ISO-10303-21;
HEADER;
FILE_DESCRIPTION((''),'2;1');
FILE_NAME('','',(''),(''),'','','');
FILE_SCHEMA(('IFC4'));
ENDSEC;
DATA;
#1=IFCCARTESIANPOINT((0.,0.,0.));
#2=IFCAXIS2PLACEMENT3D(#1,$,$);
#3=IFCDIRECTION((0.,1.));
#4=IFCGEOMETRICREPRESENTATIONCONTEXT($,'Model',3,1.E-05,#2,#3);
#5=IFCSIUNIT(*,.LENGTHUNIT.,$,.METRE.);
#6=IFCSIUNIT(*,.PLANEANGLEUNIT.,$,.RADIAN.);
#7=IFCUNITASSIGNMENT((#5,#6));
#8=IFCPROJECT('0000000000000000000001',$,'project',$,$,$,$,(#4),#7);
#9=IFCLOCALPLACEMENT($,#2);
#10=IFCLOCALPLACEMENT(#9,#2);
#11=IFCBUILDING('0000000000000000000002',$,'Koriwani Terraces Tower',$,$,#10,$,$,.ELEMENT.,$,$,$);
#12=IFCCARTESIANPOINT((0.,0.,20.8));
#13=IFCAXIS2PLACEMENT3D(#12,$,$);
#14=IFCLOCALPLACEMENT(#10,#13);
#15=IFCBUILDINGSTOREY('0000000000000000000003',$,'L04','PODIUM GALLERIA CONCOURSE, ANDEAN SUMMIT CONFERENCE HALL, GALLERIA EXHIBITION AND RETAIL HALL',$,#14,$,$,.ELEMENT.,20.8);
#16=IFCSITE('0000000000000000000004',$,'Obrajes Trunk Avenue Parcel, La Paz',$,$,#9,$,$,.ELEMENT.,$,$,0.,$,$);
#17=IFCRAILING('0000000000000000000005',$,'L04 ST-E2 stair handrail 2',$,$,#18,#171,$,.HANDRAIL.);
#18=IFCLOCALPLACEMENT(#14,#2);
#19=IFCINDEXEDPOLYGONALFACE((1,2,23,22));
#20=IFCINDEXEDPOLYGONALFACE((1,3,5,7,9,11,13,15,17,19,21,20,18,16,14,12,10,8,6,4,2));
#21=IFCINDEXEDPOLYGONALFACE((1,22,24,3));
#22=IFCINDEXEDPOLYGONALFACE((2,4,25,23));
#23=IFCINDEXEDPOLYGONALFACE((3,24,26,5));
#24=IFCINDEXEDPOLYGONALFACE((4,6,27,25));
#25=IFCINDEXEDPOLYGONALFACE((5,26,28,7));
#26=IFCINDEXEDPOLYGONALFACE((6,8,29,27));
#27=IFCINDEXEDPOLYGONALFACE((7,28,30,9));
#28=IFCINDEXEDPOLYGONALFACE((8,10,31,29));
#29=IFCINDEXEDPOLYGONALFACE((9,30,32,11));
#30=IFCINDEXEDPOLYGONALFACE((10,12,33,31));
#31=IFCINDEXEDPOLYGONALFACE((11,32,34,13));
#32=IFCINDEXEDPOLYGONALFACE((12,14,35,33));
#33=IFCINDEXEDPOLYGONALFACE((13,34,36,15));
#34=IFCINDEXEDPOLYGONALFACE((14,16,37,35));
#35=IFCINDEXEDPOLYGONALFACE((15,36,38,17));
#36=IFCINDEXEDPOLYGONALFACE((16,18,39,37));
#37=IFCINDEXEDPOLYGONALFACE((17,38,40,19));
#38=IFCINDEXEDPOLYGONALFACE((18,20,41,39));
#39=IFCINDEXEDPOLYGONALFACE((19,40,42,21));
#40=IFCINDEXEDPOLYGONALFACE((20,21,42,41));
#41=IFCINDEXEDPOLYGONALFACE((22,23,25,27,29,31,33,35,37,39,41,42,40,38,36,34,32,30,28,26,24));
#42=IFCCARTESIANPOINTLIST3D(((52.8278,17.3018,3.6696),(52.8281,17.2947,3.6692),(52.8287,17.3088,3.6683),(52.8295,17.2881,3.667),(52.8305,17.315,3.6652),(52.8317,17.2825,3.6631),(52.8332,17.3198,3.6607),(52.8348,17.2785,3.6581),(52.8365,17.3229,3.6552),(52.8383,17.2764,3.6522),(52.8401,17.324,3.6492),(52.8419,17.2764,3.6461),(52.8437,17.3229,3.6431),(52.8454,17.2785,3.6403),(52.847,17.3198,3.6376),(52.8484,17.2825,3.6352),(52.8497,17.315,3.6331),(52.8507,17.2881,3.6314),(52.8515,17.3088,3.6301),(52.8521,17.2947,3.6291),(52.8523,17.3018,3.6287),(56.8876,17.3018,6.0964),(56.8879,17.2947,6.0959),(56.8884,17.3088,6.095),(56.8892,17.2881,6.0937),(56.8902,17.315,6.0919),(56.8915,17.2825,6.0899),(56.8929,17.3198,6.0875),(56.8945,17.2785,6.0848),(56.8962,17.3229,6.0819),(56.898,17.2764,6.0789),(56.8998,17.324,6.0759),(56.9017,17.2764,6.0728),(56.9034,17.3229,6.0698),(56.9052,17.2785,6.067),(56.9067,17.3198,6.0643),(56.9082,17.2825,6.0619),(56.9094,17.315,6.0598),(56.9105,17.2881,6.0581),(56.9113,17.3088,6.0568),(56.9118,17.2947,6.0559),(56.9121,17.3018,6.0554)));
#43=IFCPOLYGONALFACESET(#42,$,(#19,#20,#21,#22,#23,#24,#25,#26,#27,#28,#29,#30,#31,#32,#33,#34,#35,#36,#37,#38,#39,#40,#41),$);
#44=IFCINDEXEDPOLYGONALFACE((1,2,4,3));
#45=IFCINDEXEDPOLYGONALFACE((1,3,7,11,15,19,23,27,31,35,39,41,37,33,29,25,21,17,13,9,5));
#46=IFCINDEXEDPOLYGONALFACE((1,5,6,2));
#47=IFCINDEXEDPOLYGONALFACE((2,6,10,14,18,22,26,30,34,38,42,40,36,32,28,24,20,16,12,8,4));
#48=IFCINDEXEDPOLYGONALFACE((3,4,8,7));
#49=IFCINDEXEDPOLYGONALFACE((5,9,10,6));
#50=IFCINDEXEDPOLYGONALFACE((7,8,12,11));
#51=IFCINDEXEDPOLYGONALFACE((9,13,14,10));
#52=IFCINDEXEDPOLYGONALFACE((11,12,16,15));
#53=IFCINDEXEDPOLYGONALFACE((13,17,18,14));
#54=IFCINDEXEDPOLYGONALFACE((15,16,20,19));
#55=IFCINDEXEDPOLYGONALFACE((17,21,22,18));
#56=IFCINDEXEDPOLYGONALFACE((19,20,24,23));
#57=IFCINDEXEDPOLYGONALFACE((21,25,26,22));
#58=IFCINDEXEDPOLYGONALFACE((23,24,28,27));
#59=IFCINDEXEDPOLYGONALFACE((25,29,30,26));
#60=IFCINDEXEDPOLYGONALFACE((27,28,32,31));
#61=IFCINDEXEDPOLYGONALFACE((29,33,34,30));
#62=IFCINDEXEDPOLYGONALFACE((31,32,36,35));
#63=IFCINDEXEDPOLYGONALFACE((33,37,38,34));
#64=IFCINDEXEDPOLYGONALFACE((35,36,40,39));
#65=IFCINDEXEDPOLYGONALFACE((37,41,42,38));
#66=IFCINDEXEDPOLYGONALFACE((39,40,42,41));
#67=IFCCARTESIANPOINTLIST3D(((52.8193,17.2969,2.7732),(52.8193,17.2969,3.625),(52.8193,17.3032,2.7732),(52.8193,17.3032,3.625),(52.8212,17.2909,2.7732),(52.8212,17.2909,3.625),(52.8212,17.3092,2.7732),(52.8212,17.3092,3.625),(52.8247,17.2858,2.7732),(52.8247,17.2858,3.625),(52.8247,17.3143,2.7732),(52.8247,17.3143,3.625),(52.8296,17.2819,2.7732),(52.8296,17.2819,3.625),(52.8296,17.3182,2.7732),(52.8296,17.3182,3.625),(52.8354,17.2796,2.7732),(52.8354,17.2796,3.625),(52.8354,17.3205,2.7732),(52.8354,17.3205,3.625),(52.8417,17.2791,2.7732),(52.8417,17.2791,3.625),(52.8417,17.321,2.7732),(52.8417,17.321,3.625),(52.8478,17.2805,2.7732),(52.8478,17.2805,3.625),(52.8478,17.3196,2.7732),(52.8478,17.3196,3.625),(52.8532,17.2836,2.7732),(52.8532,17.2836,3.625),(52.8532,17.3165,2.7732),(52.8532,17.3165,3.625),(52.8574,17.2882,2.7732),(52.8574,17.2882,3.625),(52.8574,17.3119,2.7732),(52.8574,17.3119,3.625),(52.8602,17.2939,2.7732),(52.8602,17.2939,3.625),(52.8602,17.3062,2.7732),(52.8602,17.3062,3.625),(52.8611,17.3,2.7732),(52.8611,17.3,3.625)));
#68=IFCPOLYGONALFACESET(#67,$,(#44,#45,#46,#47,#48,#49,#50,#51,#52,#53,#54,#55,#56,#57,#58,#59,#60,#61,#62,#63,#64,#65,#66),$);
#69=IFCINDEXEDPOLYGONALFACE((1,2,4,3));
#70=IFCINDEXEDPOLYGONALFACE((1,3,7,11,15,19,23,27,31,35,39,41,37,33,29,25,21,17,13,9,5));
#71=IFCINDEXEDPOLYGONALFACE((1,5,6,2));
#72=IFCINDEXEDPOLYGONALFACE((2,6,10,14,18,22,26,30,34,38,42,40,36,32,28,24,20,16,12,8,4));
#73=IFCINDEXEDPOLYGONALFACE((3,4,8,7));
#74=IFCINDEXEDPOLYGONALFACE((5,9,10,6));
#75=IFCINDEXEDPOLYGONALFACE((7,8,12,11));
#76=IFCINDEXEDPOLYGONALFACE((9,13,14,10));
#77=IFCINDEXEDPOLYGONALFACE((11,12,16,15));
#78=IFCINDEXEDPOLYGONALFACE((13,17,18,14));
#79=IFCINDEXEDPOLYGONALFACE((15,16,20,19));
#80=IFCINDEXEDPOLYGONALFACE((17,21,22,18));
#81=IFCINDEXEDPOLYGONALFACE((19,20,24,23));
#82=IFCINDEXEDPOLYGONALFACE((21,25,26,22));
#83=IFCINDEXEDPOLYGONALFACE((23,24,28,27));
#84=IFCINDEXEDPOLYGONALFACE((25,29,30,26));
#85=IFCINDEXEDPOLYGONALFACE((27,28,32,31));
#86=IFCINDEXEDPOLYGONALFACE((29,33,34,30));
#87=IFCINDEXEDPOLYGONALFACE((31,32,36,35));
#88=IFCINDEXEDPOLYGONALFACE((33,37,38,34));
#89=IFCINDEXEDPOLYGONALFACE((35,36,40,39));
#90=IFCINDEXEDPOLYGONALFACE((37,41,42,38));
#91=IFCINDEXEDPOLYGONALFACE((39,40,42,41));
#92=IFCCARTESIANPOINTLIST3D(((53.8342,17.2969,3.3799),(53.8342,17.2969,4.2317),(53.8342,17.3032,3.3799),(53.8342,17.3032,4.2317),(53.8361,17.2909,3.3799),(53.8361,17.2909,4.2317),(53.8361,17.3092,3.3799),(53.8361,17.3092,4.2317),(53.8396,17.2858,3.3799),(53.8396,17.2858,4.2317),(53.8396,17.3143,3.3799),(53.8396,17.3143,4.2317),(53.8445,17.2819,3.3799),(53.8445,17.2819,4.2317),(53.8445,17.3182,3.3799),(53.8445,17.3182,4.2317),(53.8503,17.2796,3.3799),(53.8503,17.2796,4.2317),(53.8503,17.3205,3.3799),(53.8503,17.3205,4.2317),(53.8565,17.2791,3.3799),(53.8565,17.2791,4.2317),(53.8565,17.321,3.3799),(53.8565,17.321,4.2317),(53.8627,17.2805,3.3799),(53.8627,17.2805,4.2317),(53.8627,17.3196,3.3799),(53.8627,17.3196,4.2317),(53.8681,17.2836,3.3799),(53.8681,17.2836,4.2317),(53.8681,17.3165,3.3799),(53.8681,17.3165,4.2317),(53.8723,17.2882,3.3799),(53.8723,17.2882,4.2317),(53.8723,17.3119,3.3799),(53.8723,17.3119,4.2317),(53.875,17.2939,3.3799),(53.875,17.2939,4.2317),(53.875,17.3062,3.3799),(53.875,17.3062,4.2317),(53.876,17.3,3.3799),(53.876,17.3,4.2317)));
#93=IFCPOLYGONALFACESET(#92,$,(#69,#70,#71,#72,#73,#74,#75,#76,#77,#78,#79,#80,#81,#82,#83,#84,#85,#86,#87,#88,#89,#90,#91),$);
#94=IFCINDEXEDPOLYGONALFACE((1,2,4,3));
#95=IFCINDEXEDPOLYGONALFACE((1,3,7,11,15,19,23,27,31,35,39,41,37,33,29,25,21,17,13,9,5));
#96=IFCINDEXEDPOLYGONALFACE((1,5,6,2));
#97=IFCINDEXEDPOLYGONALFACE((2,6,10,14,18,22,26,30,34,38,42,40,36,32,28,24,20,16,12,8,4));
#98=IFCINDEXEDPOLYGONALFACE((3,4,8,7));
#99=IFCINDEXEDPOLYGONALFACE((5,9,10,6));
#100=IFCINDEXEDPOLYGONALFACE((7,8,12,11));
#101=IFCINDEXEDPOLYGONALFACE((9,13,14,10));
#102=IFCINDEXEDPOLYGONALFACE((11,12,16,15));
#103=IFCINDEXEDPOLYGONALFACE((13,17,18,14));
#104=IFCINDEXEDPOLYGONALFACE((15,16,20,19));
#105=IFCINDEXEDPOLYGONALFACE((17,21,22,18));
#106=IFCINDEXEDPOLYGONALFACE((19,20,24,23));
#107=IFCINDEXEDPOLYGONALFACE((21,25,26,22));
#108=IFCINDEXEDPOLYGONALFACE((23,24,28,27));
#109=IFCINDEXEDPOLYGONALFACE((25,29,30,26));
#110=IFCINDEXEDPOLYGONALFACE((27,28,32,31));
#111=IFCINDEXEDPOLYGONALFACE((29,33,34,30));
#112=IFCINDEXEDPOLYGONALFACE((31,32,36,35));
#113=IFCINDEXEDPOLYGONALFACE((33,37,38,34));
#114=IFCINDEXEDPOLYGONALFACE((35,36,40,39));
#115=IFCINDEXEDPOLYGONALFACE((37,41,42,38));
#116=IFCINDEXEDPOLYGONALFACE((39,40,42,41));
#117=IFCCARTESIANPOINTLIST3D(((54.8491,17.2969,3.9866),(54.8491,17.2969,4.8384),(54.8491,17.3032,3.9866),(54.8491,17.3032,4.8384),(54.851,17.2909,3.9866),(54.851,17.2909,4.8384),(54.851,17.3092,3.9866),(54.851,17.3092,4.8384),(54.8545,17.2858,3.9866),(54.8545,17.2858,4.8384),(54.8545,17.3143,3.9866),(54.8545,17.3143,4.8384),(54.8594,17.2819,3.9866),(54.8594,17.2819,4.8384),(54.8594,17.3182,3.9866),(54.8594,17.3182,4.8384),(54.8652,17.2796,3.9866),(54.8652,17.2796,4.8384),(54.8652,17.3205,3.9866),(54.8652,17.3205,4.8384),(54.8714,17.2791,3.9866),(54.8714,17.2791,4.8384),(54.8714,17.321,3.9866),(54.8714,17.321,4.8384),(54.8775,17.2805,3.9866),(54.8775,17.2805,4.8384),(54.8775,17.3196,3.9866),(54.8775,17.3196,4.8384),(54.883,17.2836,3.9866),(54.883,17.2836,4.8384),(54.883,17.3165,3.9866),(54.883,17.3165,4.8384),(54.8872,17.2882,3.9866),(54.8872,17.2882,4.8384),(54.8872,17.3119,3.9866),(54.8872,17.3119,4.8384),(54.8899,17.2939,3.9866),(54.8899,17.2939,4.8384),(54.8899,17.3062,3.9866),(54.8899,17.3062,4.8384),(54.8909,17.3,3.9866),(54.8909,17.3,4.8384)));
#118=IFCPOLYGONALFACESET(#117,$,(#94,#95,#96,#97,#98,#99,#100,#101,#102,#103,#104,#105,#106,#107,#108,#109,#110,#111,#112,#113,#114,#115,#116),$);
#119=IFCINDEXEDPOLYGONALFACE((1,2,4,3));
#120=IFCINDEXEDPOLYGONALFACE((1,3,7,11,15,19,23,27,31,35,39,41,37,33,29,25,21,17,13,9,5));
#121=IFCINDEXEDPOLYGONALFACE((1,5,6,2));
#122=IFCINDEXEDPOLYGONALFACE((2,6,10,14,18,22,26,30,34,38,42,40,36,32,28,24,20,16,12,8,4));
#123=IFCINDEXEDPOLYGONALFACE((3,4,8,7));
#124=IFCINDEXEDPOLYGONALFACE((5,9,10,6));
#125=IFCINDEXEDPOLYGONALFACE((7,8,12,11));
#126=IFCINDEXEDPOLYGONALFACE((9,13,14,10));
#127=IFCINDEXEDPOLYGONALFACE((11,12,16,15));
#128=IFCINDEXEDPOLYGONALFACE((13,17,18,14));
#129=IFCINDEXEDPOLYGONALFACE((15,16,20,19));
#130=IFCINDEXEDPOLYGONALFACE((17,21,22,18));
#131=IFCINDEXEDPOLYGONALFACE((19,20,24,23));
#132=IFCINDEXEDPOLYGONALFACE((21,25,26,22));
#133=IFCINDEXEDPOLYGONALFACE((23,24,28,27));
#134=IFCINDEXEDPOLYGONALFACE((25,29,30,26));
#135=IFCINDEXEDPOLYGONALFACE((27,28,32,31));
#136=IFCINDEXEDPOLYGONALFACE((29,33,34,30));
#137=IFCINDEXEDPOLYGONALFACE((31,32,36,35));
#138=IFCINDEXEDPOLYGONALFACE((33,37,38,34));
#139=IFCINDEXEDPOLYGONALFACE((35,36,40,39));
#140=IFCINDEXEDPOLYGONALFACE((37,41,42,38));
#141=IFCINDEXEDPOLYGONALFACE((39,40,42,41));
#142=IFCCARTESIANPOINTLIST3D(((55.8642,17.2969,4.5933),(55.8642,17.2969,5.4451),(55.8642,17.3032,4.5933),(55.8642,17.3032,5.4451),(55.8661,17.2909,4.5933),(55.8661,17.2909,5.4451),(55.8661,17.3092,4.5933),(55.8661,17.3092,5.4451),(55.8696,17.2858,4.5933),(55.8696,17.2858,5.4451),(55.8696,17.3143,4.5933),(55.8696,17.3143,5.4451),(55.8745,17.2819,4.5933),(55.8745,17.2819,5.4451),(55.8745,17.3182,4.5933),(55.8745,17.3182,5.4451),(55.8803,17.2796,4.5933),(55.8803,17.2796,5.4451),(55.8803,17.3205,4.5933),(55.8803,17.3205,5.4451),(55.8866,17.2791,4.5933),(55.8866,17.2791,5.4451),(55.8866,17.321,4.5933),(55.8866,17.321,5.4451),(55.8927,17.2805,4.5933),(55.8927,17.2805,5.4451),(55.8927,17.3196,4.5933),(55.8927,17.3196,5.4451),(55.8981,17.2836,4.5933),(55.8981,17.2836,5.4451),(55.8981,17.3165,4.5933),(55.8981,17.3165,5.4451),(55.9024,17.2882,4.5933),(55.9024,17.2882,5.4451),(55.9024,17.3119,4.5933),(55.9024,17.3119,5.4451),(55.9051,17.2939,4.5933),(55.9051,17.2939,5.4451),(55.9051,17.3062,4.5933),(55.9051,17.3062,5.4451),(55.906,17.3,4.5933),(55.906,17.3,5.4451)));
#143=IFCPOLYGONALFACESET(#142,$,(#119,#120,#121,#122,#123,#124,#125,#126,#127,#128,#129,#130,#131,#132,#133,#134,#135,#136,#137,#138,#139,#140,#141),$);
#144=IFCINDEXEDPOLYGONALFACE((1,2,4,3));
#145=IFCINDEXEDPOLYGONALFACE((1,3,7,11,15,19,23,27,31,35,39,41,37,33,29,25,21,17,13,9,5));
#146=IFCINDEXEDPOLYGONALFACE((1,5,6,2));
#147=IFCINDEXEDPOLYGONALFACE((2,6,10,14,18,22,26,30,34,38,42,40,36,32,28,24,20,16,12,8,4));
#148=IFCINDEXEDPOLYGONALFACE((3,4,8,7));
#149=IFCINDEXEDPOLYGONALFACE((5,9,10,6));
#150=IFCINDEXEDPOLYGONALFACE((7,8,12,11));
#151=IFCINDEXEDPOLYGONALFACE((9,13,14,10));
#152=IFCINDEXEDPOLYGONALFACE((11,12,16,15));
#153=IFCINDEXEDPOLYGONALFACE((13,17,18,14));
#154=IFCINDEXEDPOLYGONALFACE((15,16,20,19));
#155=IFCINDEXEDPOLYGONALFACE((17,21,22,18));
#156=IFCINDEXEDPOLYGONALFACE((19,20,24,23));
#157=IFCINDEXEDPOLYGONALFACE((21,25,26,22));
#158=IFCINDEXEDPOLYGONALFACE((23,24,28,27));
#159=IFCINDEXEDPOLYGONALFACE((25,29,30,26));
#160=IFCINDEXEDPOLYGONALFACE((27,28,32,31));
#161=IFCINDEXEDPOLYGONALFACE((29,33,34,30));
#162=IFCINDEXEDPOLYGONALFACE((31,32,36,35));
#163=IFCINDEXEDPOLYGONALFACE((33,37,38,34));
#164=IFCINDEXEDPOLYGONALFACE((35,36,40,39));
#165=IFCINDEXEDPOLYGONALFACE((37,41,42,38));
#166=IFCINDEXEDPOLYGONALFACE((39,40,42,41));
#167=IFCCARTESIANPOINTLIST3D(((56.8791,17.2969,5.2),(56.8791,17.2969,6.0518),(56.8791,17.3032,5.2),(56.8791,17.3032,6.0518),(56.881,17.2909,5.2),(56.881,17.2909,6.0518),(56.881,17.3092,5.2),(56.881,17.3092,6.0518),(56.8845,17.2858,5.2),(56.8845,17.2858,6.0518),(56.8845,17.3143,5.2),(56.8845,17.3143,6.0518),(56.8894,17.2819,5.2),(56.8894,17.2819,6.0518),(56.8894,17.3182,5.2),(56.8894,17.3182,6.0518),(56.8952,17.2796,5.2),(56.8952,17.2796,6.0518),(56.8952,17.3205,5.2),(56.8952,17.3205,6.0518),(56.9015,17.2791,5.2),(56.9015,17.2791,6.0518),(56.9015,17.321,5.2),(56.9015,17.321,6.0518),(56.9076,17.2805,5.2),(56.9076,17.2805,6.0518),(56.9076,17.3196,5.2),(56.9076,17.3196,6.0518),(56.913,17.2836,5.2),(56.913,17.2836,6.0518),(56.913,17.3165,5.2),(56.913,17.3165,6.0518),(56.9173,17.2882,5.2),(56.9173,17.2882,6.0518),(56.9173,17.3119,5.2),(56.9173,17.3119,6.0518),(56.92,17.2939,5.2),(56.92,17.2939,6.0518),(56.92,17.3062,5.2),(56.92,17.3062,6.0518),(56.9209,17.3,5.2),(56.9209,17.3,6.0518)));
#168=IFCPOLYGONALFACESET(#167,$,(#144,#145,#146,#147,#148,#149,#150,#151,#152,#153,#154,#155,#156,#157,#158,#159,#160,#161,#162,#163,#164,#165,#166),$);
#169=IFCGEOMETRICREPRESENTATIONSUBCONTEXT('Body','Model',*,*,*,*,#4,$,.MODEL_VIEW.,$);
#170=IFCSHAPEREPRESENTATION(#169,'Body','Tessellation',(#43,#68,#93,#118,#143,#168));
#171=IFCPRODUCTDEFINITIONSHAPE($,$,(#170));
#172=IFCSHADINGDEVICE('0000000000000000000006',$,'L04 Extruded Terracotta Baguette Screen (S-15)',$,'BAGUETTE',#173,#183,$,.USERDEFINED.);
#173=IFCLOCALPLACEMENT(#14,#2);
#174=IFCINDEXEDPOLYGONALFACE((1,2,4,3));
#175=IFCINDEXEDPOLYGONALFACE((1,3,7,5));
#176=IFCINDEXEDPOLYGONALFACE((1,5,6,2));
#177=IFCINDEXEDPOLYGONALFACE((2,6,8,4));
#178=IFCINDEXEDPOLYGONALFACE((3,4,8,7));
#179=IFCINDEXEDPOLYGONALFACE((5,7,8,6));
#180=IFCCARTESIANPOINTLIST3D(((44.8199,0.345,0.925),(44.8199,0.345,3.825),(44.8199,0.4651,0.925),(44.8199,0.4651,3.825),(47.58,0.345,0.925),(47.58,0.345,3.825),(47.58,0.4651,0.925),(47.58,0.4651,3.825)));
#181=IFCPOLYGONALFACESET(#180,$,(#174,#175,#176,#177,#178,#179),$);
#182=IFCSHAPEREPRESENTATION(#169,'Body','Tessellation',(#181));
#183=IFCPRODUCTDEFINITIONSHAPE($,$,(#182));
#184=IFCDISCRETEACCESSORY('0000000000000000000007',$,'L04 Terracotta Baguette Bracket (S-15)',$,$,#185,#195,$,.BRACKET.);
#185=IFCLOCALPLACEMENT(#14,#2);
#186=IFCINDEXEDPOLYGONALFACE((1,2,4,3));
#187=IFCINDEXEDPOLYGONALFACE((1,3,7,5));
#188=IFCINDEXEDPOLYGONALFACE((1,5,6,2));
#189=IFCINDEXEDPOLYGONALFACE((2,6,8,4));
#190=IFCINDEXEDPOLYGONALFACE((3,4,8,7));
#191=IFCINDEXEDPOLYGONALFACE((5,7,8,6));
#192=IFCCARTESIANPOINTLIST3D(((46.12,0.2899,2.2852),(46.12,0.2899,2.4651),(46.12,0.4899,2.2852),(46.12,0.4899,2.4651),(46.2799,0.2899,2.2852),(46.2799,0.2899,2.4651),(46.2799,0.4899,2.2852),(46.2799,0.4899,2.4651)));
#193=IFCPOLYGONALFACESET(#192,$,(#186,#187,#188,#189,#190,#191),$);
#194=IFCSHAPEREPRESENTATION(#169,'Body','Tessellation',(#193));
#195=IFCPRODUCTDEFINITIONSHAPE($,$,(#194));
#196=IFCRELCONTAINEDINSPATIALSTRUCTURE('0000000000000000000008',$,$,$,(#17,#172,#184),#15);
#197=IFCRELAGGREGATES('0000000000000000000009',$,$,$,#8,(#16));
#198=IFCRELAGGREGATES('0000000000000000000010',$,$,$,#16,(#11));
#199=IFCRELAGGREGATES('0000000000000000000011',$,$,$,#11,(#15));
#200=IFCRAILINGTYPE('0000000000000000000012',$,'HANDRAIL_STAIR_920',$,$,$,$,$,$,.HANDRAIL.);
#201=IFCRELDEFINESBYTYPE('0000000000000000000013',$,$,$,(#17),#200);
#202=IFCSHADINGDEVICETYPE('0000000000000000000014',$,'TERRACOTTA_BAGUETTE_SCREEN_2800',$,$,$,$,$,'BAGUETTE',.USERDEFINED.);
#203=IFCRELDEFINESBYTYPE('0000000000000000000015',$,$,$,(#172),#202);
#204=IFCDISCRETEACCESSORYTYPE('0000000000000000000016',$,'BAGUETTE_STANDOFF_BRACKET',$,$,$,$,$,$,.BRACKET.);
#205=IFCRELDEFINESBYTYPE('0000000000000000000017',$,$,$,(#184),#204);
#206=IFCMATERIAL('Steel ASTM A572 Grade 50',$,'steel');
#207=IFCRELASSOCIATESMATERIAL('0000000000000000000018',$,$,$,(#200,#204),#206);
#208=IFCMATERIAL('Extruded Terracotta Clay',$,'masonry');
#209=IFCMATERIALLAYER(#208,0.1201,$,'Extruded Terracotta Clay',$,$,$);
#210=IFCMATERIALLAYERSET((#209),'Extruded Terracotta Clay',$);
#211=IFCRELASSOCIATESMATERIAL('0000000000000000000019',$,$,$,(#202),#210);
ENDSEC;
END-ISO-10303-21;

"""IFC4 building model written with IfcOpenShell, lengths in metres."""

from ifc_helpers import new_model, si_unit, direction, frame, origin, origin_2d, place, context, subcontext, project, spatial, rectangle, circle, extrude, material, layer, layer_set, type_object, element, save


model = new_model("IFC4")

# Units and contexts
model_context = context("Model", 3, precision=1e-05, world=origin(), true_north=direction((0.0, 1.0)))
body_context = subcontext(model_context, "Body", "Model", "MODEL_VIEW")
ifc_project = project(units=[si_unit("LENGTHUNIT", "METRE"), si_unit("PLANEANGLEUNIT", "RADIAN")], contexts=[model_context])

# Site, building, storey
site_placement = place(None, origin())
site = spatial("IfcSite", under=ifc_project, at=site_placement, Name="Obrajes Trunk Avenue Parcel, La Paz", CompositionType="ELEMENT", RefElevation=0.0)
building_placement = place(site_placement, origin())
building = spatial("IfcBuilding", under=site, at=building_placement, Name="Koriwani Terraces Tower", CompositionType="ELEMENT")
storey_placement = place(building_placement, frame((0.0, 0.0, 20.8)))
storey = spatial("IfcBuildingStorey", under=building, at=storey_placement, Name="L04", Description="PODIUM GALLERIA CONCOURSE, ANDEAN SUMMIT CONFERENCE HALL, GALLERIA EXHIBITION AND RETAIL HALL", CompositionType="ELEMENT", Elevation=20.8)

# Shared definitions
ifc_material_1 = material(Name="Steel ASTM A572 Grade 50", Category="steel")

# Railing
railing_type_1 = type_object("IfcRailingType", Name="HANDRAIL_STAIR_920", PredefinedType="HANDRAIL", material=ifc_material_1)
railing_1_placement = place(storey_placement, frame((52.8401, 17.3, 2.7732)))
element("IfcRailing", 1, at=railing_1_placement, inside=storey, type_object=railing_type_1, Name="L04 ST-E2 stair handrail 2", PredefinedType="HANDRAIL", context=body_context, shape_type="SweptSolid", body=[
    extrude(circle(Radius=0.0239, at=origin_2d()), frame((0.0, 0.0, 0.876), z_axis=(0.858343, 0.0, 0.513076), x_axis=(0.0, 1.0, 0.0)), (0.0, 0.0, 1.0), 4.7297),
    extrude(circle(Radius=0.021, at=origin_2d()), origin(), (0.0, 0.0, 1.0), 0.8518),
    extrude(circle(Radius=0.021, at=origin_2d()), frame((1.0149, 0.0, 0.6067)), (0.0, 0.0, 1.0), 0.8518),
    extrude(circle(Radius=0.021, at=origin_2d()), frame((2.0298, 0.0, 1.2134)), (0.0, 0.0, 1.0), 0.8518),
    extrude(circle(Radius=0.021, at=origin_2d()), frame((3.0449, 0.0, 1.8201)), (0.0, 0.0, 1.0), 0.8518),
    extrude(circle(Radius=0.021, at=origin_2d()), frame((4.0598, 0.0, 2.4268)), (0.0, 0.0, 1.0), 0.8518),
])

# Shading device
ifc_material_2 = material(Name="Extruded Terracotta Clay", Category="masonry")
ifc_layer_1 = layer(ifc_material_2, 0.1201, Name="Extruded Terracotta Clay")
ifc_layer_set_1 = layer_set([ifc_layer_1], Name="Extruded Terracotta Clay")
shading_device_type = type_object("IfcShadingDeviceType", Name="TERRACOTTA_BAGUETTE_SCREEN_2800", ElementType="BAGUETTE", PredefinedType="USERDEFINED", material=ifc_layer_set_1)
shading_device_placement = place(storey_placement, frame((46.2, 0.405, 0.925), z_axis=(0.0, 0.0, 1.0), x_axis=(-1.0, 0.0, 0.0)))
element("IfcShadingDevice", 2, at=shading_device_placement, inside=storey, type_object=shading_device_type, Name="L04 Extruded Terracotta Baguette Screen (S-15)", ObjectType="BAGUETTE", PredefinedType="USERDEFINED", context=body_context, shape_type="SweptSolid", body=[
    extrude(rectangle(XDim=2.76, YDim=0.1201, at=origin_2d()), origin(), (0.0, 0.0, 1.0), 2.8999),
])

# Discrete accessory
discrete_accessory_type = type_object("IfcDiscreteAccessoryType", Name="BAGUETTE_STANDOFF_BRACKET", PredefinedType="BRACKET", material=ifc_material_1)
discrete_accessory_placement = place(storey_placement, frame((46.2, 0.3899, 2.2852), z_axis=(0.0, 0.0, 1.0), x_axis=(-1.0, 0.0, 0.0)))
element("IfcDiscreteAccessory", 3, at=discrete_accessory_placement, inside=storey, type_object=discrete_accessory_type, Name="L04 Terracotta Baguette Bracket (S-15)", PredefinedType="BRACKET", context=body_context, shape_type="SweptSolid", body=[
    extrude(rectangle(XDim=0.1599, YDim=0.2, at=origin_2d()), origin(), (0.0, 0.0, 1.0), 0.1799),
])

save(model, "model.ifc")
